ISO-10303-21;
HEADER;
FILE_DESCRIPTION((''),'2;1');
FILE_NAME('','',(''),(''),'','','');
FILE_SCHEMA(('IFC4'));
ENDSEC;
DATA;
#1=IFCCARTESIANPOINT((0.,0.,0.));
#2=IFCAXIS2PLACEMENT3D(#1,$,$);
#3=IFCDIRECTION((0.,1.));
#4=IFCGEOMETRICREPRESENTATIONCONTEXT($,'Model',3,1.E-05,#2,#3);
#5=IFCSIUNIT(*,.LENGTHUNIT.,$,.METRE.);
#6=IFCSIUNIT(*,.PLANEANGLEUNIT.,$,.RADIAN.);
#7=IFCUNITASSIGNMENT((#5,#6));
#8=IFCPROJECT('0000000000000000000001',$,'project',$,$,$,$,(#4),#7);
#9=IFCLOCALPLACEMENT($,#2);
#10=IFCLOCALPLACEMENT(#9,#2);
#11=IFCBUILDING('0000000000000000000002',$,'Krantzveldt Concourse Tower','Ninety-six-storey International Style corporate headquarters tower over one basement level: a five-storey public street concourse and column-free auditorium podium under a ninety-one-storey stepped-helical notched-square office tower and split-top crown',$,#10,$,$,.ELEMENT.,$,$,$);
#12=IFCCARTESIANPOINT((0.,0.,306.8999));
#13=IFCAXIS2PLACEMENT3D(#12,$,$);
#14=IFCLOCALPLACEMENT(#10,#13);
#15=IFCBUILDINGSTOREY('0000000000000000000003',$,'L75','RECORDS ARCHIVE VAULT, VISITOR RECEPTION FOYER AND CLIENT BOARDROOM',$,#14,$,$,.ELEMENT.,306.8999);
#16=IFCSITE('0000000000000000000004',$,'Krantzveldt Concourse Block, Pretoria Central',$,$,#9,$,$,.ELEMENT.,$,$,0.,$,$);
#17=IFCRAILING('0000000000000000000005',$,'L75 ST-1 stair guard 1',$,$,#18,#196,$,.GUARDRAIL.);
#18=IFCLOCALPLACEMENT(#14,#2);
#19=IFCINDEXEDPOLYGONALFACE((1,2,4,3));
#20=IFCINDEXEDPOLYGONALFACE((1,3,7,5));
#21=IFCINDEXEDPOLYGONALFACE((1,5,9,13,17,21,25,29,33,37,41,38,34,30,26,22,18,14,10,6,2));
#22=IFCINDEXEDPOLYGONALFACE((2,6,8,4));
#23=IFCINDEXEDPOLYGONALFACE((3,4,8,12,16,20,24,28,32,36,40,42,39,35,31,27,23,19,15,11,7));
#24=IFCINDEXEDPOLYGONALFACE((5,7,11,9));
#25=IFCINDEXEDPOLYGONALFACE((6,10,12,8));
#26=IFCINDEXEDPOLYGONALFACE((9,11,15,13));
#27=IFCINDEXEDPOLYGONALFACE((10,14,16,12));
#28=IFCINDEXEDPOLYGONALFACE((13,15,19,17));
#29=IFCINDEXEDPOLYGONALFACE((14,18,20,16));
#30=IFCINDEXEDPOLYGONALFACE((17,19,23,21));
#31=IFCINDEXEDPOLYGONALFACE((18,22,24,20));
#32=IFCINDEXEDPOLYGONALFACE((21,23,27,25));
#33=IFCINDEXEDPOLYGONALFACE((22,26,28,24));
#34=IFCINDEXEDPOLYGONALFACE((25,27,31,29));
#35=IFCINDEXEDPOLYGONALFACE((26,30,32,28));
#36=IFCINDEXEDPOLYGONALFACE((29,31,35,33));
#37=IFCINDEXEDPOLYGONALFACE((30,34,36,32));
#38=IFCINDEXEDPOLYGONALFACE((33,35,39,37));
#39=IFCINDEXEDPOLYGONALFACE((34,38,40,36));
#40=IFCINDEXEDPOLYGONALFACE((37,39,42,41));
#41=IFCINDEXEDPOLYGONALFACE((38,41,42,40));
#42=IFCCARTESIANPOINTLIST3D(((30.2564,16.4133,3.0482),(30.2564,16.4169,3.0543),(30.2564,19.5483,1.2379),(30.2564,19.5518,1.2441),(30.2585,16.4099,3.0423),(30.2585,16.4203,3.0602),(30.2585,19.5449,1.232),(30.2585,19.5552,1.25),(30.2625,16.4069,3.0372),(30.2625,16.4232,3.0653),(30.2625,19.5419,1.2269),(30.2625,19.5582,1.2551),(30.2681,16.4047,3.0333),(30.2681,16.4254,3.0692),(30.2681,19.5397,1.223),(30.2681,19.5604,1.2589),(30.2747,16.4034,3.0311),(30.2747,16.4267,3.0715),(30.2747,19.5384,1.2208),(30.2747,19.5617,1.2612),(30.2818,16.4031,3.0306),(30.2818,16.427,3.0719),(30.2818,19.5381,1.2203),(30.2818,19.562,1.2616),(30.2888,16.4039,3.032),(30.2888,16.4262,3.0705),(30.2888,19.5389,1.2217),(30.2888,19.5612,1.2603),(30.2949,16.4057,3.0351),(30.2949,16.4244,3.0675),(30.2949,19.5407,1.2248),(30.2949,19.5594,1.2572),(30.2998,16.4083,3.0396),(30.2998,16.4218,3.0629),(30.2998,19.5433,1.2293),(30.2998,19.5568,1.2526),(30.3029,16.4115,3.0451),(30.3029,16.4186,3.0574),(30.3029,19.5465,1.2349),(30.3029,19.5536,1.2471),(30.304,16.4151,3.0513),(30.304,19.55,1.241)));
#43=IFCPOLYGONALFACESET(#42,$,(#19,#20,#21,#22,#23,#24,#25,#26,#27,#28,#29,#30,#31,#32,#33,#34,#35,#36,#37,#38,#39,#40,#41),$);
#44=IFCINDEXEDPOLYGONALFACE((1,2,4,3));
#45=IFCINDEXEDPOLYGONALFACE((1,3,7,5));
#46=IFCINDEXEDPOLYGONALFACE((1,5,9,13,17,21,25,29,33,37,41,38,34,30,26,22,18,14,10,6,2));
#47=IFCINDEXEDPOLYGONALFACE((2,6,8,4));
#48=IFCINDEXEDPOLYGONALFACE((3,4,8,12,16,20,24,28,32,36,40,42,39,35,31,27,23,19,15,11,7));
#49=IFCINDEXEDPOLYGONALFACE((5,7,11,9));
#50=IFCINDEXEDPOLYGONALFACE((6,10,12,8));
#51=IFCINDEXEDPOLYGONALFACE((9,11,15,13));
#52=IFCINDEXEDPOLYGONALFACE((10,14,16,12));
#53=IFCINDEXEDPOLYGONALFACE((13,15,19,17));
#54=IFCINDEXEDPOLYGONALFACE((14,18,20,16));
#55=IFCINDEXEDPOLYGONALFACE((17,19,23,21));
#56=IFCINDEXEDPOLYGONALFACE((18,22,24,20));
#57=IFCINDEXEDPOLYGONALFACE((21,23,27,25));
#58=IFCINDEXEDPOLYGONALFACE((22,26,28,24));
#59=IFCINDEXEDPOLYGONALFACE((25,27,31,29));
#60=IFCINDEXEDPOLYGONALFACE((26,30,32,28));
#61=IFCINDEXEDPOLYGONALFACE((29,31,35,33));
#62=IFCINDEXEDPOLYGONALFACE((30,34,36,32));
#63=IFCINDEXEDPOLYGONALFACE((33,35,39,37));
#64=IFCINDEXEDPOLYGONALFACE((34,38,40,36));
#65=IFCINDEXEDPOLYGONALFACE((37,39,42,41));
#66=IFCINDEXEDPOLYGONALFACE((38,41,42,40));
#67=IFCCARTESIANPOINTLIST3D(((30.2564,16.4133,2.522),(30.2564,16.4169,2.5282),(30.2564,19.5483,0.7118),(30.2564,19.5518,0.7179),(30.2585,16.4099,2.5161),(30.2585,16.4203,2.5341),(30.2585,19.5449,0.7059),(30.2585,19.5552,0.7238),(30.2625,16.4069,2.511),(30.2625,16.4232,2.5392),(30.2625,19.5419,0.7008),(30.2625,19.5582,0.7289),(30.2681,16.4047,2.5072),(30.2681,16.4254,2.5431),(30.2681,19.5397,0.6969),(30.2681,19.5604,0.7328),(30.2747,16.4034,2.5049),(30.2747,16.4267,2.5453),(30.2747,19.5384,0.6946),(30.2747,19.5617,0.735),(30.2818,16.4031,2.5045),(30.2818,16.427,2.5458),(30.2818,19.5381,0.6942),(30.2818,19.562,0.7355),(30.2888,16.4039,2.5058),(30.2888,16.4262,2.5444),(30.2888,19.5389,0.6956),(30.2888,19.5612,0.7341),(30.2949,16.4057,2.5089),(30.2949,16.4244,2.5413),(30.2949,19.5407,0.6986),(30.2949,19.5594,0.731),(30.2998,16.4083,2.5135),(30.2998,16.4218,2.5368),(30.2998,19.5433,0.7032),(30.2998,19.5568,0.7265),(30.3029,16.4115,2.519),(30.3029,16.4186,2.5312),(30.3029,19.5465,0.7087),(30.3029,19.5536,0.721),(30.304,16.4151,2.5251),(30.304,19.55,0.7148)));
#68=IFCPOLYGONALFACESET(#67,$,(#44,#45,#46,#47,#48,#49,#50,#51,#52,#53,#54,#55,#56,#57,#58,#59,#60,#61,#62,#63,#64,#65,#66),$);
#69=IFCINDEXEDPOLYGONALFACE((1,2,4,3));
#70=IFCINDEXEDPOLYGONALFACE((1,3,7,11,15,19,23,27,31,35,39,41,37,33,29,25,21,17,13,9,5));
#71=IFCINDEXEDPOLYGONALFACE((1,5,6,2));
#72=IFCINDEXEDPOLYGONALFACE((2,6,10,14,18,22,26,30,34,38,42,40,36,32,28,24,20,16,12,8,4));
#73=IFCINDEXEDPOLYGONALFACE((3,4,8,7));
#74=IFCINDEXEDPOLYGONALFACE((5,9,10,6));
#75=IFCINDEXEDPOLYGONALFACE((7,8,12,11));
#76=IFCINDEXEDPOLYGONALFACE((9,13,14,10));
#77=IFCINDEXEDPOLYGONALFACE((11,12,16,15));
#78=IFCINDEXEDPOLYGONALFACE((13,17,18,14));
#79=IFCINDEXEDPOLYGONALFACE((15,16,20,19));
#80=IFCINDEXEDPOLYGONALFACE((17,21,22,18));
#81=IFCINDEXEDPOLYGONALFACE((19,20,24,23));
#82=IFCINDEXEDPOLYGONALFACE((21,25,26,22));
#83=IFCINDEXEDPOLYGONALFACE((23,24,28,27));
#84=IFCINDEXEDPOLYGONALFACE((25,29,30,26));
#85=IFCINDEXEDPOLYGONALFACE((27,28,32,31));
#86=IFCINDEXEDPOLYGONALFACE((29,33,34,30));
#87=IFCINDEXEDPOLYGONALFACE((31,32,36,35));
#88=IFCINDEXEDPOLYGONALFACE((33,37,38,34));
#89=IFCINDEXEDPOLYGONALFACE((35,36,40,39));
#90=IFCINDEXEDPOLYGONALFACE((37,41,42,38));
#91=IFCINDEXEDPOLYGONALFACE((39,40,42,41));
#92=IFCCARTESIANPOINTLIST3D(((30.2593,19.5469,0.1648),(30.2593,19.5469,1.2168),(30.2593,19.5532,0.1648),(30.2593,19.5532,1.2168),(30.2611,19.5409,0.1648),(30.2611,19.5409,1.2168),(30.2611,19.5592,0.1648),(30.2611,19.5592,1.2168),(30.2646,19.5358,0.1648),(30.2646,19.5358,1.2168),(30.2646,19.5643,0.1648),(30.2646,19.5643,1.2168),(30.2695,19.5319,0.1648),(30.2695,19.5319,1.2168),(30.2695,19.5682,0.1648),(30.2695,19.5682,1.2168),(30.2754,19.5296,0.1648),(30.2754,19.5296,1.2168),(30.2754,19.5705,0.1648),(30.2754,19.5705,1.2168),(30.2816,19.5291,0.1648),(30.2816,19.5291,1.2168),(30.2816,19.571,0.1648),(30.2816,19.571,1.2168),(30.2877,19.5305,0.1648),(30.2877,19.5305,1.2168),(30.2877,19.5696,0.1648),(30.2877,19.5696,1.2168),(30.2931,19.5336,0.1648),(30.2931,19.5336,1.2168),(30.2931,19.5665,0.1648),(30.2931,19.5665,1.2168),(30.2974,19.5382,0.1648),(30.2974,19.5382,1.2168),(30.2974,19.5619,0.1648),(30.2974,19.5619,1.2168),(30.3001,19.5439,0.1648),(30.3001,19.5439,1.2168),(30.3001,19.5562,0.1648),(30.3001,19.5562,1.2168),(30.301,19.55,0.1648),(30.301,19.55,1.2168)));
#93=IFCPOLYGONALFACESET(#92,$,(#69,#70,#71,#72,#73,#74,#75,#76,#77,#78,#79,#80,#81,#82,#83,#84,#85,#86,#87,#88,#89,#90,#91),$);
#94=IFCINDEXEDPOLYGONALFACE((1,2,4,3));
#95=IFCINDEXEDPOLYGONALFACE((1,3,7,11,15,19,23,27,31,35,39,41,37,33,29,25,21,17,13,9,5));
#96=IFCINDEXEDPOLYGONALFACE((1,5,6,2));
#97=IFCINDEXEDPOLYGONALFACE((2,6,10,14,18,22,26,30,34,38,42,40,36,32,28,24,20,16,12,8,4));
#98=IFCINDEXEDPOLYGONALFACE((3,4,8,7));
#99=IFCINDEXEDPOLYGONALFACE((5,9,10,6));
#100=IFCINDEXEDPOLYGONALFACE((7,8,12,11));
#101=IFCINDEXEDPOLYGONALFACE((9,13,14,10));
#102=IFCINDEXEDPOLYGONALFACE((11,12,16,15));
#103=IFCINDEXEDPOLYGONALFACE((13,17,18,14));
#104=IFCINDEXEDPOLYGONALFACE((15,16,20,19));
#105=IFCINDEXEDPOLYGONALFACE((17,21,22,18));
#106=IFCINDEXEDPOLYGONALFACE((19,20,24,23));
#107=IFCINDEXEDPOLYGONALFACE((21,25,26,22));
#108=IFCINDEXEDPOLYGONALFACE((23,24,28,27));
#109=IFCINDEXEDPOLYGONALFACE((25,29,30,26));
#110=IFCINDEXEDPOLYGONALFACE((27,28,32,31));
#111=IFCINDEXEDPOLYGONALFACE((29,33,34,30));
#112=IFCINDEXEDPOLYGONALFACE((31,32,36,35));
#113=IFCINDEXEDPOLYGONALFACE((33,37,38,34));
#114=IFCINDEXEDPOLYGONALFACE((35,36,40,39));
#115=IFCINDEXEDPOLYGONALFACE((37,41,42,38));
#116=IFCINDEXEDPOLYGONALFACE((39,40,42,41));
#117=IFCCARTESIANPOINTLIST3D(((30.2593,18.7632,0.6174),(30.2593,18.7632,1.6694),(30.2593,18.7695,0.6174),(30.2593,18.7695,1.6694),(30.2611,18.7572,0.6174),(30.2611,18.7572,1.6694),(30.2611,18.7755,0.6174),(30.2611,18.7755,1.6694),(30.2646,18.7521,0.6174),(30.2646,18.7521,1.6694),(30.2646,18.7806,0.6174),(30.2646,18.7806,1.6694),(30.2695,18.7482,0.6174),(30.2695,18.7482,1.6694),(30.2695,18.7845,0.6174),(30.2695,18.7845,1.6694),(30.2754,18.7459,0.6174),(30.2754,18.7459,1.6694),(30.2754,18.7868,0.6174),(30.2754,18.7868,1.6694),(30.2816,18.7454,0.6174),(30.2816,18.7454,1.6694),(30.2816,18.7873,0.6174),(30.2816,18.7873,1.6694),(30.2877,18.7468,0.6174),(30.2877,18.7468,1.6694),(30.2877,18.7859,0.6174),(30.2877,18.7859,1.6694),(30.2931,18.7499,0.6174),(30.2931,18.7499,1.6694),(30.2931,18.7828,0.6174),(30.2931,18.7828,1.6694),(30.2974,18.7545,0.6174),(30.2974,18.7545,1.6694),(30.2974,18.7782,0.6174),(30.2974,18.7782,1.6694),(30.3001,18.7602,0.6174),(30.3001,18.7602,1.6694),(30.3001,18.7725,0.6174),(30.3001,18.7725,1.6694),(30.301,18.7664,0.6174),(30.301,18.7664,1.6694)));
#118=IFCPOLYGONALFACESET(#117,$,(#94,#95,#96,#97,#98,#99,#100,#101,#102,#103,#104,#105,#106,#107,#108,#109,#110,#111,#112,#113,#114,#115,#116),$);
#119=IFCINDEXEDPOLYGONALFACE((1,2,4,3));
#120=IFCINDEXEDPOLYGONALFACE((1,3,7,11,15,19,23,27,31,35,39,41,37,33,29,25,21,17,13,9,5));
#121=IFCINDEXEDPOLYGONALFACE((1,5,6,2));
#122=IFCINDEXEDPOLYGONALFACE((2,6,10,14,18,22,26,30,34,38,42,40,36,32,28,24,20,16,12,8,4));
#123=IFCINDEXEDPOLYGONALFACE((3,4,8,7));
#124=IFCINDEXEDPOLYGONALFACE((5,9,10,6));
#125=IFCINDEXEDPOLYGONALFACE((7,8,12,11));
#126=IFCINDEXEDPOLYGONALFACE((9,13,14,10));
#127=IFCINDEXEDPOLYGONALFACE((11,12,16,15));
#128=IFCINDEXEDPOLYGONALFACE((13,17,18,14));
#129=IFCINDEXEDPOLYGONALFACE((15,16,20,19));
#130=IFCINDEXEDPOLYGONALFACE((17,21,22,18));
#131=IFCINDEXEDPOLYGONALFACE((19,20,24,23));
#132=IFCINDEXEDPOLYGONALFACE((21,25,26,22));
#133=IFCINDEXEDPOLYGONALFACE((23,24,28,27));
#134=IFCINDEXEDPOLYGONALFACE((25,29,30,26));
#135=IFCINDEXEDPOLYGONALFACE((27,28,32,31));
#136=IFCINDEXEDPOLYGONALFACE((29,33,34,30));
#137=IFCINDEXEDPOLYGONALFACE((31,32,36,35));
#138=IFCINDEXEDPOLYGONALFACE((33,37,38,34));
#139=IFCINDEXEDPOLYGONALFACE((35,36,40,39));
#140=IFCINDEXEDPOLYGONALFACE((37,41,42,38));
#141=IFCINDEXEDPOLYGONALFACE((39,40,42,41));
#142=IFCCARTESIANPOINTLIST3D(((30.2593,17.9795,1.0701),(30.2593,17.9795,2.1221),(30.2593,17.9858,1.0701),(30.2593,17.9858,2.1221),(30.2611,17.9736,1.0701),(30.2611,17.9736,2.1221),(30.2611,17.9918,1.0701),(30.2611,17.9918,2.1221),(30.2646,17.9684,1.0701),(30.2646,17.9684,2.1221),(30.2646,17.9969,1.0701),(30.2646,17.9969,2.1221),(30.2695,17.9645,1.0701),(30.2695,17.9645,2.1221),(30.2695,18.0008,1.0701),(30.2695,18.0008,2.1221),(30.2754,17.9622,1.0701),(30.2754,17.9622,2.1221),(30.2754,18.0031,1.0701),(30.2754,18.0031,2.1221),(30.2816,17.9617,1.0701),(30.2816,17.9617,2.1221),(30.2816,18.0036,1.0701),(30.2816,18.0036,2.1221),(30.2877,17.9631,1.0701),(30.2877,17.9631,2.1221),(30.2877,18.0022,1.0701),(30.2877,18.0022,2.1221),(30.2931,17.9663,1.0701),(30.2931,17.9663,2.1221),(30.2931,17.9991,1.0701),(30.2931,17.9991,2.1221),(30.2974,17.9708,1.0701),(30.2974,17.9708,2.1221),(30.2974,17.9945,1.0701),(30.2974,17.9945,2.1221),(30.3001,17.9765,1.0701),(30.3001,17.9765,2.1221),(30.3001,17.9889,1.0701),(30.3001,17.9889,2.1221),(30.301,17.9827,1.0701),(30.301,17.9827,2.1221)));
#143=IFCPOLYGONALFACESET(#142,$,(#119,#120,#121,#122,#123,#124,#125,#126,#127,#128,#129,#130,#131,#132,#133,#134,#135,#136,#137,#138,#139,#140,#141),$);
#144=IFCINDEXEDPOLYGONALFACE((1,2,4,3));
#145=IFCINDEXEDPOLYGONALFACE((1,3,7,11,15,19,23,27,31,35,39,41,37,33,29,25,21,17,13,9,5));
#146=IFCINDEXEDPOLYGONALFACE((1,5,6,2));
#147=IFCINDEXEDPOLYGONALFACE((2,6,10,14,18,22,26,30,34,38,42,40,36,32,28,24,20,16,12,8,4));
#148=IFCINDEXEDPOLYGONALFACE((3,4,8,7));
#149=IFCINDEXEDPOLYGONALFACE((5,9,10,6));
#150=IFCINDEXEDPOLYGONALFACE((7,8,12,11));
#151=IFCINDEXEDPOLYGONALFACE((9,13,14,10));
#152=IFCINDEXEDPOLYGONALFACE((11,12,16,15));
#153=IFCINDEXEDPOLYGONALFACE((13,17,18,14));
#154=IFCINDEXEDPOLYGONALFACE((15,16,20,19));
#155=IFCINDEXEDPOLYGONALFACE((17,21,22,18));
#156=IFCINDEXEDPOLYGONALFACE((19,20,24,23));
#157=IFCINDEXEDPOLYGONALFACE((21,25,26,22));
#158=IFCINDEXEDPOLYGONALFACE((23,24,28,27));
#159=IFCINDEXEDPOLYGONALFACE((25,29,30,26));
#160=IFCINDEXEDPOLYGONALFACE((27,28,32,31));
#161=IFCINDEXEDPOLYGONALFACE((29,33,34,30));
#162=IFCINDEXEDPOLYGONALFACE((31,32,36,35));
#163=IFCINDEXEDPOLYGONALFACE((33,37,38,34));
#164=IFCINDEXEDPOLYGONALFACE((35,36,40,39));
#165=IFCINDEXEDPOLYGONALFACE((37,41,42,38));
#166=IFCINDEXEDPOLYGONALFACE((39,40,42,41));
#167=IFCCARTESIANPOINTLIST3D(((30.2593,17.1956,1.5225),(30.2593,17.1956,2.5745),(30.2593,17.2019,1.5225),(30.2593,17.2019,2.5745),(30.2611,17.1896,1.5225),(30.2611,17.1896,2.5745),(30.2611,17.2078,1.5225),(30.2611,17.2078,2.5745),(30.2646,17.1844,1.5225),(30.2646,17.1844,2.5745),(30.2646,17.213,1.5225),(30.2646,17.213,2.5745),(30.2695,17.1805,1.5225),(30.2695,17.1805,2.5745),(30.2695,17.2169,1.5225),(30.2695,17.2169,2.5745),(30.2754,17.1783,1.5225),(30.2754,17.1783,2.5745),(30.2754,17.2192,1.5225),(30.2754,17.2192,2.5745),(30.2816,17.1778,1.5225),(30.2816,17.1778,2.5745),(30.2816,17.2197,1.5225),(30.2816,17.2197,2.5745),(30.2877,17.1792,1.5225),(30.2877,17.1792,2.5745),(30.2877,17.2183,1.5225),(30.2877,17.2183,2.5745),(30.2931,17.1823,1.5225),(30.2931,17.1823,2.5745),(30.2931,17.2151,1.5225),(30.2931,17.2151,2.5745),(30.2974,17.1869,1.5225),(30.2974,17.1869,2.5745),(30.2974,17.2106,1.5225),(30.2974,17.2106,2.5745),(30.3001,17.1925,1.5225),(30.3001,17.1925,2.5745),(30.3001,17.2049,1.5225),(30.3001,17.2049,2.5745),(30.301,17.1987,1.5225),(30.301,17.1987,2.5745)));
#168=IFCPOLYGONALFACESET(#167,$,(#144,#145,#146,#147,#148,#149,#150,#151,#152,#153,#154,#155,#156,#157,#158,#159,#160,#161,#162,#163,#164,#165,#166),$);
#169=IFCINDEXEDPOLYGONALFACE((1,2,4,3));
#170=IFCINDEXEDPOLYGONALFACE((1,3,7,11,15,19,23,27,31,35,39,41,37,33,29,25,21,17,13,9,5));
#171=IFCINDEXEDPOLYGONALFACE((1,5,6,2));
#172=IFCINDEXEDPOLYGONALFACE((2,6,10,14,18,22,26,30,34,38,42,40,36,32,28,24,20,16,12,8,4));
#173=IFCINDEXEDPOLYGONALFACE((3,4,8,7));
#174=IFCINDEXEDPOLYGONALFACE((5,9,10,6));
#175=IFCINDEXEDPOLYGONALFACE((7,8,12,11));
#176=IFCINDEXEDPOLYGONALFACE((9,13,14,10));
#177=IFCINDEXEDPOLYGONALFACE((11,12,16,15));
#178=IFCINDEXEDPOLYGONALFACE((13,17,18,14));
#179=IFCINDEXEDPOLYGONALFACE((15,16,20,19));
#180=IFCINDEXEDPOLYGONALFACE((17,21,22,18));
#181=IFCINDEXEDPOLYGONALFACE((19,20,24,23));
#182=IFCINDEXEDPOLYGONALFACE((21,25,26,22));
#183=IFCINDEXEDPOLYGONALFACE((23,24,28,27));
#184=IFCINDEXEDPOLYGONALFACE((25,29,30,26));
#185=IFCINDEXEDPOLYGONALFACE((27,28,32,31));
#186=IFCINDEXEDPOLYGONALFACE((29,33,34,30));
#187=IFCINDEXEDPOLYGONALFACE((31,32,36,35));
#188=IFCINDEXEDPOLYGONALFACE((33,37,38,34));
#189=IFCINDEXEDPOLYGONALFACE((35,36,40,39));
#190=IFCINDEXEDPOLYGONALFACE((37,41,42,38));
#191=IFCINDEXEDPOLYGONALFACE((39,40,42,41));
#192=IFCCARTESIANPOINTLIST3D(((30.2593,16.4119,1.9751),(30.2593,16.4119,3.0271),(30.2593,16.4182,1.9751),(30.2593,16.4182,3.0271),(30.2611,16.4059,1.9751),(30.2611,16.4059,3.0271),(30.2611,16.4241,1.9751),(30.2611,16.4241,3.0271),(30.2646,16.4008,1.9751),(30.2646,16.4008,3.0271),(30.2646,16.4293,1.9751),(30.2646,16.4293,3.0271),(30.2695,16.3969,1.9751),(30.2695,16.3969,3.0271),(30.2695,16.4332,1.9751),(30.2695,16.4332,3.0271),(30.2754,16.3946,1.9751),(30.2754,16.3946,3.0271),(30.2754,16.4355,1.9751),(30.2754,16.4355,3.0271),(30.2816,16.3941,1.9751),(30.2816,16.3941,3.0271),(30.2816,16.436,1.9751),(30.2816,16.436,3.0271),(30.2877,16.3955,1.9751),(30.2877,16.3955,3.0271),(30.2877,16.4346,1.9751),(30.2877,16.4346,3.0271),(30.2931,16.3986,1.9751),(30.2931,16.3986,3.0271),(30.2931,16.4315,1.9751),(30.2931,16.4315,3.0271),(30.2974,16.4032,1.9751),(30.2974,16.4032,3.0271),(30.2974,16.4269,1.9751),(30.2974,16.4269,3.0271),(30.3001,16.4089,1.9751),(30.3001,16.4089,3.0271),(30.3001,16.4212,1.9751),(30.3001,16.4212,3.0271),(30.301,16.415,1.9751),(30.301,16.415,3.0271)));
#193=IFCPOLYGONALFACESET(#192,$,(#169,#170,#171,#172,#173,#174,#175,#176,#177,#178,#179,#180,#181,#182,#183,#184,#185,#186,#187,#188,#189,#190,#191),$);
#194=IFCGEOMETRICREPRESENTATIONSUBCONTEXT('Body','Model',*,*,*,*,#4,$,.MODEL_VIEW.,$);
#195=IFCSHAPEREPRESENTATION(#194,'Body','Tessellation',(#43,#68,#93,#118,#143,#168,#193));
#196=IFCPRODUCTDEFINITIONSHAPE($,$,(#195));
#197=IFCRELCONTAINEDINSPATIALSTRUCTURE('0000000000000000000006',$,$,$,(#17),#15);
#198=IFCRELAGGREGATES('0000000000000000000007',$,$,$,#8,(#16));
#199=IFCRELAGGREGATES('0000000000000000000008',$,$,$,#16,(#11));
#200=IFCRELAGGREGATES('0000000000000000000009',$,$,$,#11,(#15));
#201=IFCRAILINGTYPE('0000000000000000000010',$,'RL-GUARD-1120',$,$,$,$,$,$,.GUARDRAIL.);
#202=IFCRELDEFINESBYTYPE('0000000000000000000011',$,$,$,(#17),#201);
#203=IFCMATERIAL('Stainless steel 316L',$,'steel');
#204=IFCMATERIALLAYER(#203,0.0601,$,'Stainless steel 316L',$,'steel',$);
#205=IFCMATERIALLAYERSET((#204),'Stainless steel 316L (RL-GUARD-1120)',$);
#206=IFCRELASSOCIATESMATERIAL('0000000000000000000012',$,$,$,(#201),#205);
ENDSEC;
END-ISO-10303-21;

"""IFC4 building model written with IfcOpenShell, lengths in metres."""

from ifc_helpers import new_model, si_unit, direction, frame, origin, origin_2d, place, context, subcontext, project, spatial, circle, extrude, material, layer, layer_set, type_object, element, save


model = new_model("IFC4")

# Units and contexts
model_context = context("Model", 3, precision=1e-05, world=origin(), true_north=direction((0.0, 1.0)))
body_context = subcontext(model_context, "Body", "Model", "MODEL_VIEW")
ifc_project = project(units=[si_unit("LENGTHUNIT", "METRE"), si_unit("PLANEANGLEUNIT", "RADIAN")], contexts=[model_context])

# Site, building, storey
site_placement = place(None, origin())
site = spatial("IfcSite", under=ifc_project, at=site_placement, Name="Krantzveldt Concourse Block, Pretoria Central", CompositionType="ELEMENT", RefElevation=0.0)
building_placement = place(site_placement, origin())
building = spatial("IfcBuilding", under=site, at=building_placement, Name="Krantzveldt Concourse Tower", Description="Ninety-six-storey International Style corporate headquarters tower over one basement level: a five-storey public street concourse and column-free auditorium podium under a ninety-one-storey stepped-helical notched-square office tower and split-top crown", CompositionType="ELEMENT")
storey_placement = place(building_placement, frame((0.0, 0.0, 306.8999)))
storey = spatial("IfcBuildingStorey", under=building, at=storey_placement, Name="L75", Description="RECORDS ARCHIVE VAULT, VISITOR RECEPTION FOYER AND CLIENT BOARDROOM", CompositionType="ELEMENT", Elevation=306.8999)

# Railing
ifc_material_1 = material(Name="Stainless steel 316L", Category="steel")
ifc_layer_1 = layer(ifc_material_1, 0.0601, Name="Stainless steel 316L", Category="steel")
ifc_layer_set_1 = layer_set([ifc_layer_1], Name="Stainless steel 316L (RL-GUARD-1120)")
railing_type_1 = type_object("IfcRailingType", Name="RL-GUARD-1120", PredefinedType="GUARDRAIL", material=ifc_layer_set_1)
railing_1_placement = place(storey_placement, frame((30.28, 19.55, 0.1648)))
element("IfcRailing", 1, at=railing_1_placement, inside=storey, type_object=railing_type_1, Name="L75 ST-1 stair guard 1", PredefinedType="GUARDRAIL", context=body_context, shape_type="SweptSolid", body=[
    extrude(circle(Radius=0.0239, at=origin_2d()), frame((0.0, 0.0, 1.0762), z_axis=(0.0, -0.865989, 0.500063), x_axis=(1.0, 0.0, 0.0)), (0.0, 0.0, 1.0), 3.6201),
    extrude(circle(Radius=0.0239, at=origin_2d()), frame((0.0, 0.0, 0.55), z_axis=(0.0, -0.865989, 0.500063), x_axis=(1.0, 0.0, 0.0)), (0.0, 0.0, 1.0), 3.6201),
    extrude(circle(Radius=0.021, at=origin_2d()), origin(), (0.0, 0.0, 1.0), 1.052),
    extrude(circle(Radius=0.021, at=origin_2d()), frame((0.0, -0.7837, 0.4526)), (0.0, 0.0, 1.0), 1.052),
    extrude(circle(Radius=0.021, at=origin_2d()), frame((0.0, -1.5674, 0.9053)), (0.0, 0.0, 1.0), 1.052),
    extrude(circle(Radius=0.021, at=origin_2d()), frame((0.0, -2.3513, 1.3577)), (0.0, 0.0, 1.0), 1.052),
    extrude(circle(Radius=0.021, at=origin_2d()), frame((0.0, -3.135, 1.8103)), (0.0, 0.0, 1.0), 1.052),
])

save(model, "model.ifc")
